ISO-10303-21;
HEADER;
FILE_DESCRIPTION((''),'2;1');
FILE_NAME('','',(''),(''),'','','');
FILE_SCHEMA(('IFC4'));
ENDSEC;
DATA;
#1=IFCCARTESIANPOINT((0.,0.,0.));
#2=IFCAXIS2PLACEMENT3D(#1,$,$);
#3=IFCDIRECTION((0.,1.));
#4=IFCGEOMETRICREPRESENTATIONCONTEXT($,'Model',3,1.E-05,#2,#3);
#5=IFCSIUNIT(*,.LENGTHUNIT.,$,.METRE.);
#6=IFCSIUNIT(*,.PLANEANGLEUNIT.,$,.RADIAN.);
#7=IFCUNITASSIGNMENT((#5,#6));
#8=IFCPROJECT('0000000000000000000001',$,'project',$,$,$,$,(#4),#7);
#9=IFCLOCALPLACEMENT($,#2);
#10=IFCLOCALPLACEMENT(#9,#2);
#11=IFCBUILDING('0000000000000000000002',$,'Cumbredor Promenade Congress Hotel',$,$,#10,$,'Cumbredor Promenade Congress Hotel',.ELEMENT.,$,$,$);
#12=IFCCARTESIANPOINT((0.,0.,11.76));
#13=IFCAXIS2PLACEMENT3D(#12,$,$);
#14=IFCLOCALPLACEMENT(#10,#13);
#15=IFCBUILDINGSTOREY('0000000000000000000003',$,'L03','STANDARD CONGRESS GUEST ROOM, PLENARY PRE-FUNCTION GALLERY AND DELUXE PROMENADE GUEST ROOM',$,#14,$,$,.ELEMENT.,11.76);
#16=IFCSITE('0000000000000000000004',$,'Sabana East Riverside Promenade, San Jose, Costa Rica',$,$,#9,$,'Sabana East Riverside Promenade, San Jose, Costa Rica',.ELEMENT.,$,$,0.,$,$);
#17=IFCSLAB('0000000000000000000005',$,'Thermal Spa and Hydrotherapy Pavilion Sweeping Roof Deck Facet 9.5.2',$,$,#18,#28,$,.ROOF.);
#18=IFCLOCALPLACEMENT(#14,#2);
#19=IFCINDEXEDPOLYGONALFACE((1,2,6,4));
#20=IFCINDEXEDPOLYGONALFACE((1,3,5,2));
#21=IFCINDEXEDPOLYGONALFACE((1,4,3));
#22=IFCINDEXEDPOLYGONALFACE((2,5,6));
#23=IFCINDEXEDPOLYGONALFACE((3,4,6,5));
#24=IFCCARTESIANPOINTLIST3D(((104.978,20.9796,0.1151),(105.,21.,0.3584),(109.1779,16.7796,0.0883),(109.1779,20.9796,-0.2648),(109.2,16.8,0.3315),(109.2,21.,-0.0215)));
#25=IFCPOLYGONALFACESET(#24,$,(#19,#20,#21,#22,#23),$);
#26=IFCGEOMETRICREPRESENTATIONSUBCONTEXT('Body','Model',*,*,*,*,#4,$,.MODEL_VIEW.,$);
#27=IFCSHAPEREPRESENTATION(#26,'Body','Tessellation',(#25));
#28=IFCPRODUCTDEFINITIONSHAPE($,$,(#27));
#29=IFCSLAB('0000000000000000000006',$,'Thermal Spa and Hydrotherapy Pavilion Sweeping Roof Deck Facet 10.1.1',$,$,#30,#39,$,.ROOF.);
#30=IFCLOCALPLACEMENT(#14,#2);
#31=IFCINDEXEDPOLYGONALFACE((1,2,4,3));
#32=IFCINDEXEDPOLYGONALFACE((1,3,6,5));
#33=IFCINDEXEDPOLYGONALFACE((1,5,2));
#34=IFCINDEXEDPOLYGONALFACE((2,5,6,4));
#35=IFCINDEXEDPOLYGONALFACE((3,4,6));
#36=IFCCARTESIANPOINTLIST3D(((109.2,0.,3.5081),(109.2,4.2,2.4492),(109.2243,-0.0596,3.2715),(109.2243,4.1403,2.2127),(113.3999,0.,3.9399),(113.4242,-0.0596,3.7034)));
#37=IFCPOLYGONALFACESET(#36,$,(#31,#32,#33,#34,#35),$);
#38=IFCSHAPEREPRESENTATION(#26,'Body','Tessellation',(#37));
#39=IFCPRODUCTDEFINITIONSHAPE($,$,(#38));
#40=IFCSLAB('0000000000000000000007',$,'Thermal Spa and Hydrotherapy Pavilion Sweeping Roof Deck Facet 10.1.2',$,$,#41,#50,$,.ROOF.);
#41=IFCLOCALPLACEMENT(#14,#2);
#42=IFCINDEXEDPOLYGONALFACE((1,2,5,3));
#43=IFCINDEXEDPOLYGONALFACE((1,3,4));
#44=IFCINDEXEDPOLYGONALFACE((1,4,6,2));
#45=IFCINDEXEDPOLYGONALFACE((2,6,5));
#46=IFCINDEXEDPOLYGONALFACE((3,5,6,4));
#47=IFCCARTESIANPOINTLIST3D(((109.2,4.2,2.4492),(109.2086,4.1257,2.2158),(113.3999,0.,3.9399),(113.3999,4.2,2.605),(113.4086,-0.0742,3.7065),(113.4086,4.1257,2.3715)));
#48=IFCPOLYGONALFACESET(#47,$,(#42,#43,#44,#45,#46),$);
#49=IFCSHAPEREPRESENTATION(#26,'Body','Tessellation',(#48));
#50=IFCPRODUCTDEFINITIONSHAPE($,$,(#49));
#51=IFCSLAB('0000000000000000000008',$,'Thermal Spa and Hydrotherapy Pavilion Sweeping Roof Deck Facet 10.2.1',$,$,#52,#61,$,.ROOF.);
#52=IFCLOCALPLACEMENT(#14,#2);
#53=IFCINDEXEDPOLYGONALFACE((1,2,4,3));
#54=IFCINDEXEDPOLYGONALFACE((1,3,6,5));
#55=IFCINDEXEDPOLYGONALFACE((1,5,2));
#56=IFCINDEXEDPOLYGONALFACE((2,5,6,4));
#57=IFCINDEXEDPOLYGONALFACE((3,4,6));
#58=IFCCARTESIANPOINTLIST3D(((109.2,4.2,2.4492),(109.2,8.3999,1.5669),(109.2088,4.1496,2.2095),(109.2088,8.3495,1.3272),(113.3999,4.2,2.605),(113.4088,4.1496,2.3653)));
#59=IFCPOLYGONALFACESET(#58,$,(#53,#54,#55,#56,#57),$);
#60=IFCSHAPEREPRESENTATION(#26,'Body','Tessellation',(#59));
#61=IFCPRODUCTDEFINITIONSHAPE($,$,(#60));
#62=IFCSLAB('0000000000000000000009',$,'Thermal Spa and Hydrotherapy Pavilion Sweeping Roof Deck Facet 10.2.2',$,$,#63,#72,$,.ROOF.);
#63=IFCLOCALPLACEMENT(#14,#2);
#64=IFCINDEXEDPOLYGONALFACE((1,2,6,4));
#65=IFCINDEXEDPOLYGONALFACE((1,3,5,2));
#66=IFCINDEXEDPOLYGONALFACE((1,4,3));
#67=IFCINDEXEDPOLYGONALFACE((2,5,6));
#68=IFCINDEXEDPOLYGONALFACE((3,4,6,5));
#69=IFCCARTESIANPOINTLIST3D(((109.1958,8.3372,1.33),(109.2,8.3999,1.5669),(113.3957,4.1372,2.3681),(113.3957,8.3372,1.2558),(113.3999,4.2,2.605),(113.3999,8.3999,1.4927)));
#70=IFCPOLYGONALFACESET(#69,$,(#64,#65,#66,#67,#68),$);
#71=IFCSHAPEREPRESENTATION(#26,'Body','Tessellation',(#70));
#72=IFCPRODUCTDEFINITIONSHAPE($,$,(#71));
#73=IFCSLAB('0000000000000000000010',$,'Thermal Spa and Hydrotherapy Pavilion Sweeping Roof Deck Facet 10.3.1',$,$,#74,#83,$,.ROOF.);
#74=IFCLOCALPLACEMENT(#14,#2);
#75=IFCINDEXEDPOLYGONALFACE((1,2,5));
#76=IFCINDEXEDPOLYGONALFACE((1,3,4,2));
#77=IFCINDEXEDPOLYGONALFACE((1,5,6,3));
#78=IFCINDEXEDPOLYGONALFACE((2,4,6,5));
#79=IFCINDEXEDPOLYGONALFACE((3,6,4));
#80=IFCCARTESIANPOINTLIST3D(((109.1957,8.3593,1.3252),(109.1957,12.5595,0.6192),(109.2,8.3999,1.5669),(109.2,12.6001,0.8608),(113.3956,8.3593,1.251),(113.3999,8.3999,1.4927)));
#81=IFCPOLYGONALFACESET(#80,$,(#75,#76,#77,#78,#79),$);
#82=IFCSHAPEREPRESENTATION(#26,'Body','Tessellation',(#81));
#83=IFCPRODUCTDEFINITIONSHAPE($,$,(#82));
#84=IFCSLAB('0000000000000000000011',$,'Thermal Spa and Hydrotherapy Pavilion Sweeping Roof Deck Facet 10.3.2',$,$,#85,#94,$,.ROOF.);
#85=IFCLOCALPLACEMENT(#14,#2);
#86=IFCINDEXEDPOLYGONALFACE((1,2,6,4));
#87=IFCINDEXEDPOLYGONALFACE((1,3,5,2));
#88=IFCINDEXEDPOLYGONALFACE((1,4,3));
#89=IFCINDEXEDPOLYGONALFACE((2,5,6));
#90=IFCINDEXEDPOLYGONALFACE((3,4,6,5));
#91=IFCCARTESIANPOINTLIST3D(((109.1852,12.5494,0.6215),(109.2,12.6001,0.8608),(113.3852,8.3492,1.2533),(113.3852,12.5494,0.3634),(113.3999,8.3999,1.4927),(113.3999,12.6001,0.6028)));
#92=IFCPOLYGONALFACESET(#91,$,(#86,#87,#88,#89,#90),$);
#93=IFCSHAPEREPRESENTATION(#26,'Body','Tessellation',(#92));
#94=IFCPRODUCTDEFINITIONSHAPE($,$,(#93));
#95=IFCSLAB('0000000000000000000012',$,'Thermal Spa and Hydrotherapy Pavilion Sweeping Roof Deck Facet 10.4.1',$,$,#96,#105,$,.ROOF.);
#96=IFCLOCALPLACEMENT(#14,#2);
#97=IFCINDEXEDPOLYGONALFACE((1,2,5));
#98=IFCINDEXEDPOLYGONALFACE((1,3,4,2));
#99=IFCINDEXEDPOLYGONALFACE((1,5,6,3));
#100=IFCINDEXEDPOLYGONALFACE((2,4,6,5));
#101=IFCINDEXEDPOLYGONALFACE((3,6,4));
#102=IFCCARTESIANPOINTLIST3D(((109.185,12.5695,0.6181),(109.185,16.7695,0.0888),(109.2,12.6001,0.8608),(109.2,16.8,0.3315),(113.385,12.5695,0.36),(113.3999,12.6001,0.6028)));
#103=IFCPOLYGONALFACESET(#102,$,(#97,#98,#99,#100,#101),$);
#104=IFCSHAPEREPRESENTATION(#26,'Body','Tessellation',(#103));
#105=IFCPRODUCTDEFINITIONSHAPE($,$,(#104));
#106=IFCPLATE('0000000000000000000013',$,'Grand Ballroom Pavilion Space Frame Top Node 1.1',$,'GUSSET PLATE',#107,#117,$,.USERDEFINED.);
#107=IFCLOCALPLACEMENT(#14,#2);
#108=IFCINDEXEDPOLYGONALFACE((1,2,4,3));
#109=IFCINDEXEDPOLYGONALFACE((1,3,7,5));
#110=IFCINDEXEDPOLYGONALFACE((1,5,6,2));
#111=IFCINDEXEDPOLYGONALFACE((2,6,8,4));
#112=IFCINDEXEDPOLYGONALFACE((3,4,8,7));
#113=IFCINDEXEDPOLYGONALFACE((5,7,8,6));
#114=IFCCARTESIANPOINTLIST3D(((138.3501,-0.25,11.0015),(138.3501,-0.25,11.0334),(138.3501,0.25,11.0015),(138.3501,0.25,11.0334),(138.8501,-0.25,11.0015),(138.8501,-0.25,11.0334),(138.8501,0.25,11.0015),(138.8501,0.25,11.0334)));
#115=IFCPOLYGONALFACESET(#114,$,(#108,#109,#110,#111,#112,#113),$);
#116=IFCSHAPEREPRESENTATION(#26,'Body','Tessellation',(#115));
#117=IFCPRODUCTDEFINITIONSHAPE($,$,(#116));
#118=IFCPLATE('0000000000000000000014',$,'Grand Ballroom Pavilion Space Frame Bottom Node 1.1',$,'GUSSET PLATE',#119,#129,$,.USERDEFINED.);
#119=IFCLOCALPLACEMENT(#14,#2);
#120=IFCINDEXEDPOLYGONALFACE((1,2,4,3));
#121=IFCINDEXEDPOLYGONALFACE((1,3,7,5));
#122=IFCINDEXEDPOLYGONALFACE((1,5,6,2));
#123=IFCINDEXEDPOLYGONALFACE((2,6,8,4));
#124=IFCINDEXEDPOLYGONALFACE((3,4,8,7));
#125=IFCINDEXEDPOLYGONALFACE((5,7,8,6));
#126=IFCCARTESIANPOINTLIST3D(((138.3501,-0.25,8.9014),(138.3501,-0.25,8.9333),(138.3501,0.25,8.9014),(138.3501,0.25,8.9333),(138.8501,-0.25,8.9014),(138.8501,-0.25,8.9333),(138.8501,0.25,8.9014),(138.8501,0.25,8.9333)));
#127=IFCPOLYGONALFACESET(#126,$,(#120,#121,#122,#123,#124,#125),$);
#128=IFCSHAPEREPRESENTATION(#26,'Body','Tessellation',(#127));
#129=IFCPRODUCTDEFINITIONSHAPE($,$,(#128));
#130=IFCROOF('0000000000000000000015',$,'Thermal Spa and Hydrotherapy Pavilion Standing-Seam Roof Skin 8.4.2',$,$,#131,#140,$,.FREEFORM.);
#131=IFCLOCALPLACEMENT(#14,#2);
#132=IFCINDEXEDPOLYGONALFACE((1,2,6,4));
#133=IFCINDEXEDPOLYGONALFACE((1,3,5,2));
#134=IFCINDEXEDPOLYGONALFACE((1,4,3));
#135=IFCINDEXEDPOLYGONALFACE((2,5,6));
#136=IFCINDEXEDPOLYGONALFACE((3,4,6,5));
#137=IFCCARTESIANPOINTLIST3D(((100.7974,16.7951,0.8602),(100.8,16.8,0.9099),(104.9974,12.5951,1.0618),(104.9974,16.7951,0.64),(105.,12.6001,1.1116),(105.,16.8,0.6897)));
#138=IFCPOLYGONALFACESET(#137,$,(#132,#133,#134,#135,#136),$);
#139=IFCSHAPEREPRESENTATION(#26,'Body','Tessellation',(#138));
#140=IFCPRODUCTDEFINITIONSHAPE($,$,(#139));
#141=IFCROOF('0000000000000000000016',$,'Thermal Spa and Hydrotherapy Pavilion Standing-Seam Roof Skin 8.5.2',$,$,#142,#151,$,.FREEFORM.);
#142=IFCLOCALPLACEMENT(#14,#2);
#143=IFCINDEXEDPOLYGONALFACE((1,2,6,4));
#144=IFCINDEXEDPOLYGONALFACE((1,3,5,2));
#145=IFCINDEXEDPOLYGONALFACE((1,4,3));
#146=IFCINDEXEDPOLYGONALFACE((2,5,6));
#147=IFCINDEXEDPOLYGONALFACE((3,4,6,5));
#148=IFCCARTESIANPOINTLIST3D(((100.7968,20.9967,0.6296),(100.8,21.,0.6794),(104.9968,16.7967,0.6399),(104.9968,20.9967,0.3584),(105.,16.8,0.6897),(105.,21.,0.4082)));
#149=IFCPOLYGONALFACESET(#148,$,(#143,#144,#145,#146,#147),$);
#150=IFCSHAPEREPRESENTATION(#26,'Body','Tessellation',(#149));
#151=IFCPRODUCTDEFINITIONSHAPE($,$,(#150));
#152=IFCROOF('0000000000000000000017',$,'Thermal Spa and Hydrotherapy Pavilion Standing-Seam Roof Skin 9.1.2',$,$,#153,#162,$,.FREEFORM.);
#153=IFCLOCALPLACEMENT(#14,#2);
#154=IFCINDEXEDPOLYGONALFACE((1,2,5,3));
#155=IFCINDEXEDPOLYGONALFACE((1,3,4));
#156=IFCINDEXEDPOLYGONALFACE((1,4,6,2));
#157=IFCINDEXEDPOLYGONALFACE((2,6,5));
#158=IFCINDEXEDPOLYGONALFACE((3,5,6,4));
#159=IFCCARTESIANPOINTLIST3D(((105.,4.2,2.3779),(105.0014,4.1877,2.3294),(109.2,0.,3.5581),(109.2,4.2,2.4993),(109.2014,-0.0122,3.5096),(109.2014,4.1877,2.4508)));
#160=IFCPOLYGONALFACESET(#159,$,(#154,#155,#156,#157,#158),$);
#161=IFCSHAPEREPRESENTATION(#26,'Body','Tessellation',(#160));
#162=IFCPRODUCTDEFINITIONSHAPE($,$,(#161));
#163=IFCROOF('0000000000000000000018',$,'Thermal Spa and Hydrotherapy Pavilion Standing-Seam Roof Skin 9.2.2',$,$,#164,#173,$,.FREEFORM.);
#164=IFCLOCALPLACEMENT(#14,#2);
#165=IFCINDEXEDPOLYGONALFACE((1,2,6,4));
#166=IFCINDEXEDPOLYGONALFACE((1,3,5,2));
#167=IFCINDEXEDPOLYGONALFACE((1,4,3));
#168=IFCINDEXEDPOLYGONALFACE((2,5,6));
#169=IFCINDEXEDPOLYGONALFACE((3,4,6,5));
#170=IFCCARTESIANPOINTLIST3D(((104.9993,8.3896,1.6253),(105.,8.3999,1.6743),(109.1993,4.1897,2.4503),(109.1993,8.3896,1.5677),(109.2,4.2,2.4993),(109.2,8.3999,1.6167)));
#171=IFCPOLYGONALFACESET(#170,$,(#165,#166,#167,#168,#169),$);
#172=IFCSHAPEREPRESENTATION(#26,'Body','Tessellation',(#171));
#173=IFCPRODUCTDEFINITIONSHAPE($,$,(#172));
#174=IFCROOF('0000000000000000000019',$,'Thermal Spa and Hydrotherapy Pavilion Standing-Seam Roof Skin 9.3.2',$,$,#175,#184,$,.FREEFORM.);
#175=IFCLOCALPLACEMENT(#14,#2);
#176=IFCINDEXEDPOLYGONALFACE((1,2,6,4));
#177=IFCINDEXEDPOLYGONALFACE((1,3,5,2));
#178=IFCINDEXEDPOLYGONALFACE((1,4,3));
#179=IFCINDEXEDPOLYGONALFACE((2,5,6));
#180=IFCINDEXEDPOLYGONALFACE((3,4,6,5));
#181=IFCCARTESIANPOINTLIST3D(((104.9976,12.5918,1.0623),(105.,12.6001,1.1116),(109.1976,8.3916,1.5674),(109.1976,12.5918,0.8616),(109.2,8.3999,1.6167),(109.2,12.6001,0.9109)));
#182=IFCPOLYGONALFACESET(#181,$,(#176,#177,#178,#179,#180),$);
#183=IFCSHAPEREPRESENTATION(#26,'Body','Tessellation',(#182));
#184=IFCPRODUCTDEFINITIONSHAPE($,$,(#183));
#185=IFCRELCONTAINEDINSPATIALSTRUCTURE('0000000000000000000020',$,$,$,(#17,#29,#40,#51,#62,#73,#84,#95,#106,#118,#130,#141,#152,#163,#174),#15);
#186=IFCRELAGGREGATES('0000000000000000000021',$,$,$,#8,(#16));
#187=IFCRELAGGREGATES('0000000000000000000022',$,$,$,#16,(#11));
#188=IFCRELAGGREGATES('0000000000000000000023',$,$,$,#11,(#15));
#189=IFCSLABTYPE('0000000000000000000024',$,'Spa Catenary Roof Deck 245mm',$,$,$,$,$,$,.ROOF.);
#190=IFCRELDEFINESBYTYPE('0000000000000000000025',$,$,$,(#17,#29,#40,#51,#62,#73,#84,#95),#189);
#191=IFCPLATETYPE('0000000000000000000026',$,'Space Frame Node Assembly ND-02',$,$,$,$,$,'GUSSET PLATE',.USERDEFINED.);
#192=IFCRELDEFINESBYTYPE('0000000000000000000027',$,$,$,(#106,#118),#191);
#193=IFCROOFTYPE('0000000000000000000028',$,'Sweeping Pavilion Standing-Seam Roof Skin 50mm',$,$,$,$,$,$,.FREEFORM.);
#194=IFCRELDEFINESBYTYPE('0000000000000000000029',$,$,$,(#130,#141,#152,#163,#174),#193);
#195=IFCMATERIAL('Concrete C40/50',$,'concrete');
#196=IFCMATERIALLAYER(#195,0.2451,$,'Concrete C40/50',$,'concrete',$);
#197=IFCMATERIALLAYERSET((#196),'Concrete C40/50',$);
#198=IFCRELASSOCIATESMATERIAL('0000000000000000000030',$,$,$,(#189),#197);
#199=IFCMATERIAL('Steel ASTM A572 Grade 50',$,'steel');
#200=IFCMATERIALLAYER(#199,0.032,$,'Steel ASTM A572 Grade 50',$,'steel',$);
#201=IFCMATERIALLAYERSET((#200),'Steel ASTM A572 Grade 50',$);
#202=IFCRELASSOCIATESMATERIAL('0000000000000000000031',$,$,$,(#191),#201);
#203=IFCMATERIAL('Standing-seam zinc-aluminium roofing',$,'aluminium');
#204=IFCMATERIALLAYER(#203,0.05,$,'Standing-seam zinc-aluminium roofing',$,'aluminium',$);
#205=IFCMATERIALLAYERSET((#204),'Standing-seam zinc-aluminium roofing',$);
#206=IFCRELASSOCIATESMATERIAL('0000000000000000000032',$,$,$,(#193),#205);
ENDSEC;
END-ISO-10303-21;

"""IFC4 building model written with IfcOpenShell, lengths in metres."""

from ifc_helpers import new_model, si_unit, direction, frame, origin, origin_2d, place, context, subcontext, project, spatial, polyline, rectangle, outline, extrude, material, layer, layer_set, type_object, element, save


model = new_model("IFC4")

# Units and contexts
model_context = context("Model", 3, precision=1e-05, world=origin(), true_north=direction((0.0, 1.0)))
body_context = subcontext(model_context, "Body", "Model", "MODEL_VIEW")
ifc_project = project(units=[si_unit("LENGTHUNIT", "METRE"), si_unit("PLANEANGLEUNIT", "RADIAN")], contexts=[model_context])

# Site, building, storey
site_placement = place(None, origin())
site = spatial("IfcSite", under=ifc_project, at=site_placement, Name="Sabana East Riverside Promenade, San Jose, Costa Rica", LongName="Sabana East Riverside Promenade, San Jose, Costa Rica", CompositionType="ELEMENT", RefElevation=0.0)
building_placement = place(site_placement, origin())
building = spatial("IfcBuilding", under=site, at=building_placement, Name="Cumbredor Promenade Congress Hotel", LongName="Cumbredor Promenade Congress Hotel", CompositionType="ELEMENT")
storey_placement = place(building_placement, frame((0.0, 0.0, 11.76)))
storey = spatial("IfcBuildingStorey", under=building, at=storey_placement, Name="L03", Description="STANDARD CONGRESS GUEST ROOM, PLENARY PRE-FUNCTION GALLERY AND DELUXE PROMENADE GUEST ROOM", CompositionType="ELEMENT", Elevation=11.76)

# Shared definitions
ifc_material_1 = material(Name="Steel ASTM A572 Grade 50", Category="steel")

# Slabs
ifc_material_2 = material(Name="Concrete C40/50", Category="concrete")
ifc_layer_1 = layer(ifc_material_2, 0.2451, Name="Concrete C40/50", Category="concrete")
ifc_layer_set_1 = layer_set([ifc_layer_1], Name="Concrete C40/50")
slab_type = type_object("IfcSlabType", Name="Spa Catenary Roof Deck 245mm", PredefinedType="ROOF", material=ifc_layer_set_1)
slab_1_placement = place(storey_placement, frame((109.2, 16.8, 0.3315), z_axis=(0.089768, 0.083422, 0.992463), x_axis=(0.0, 0.996486, -0.08376)))
element("IfcSlab", 1, at=slab_1_placement, inside=storey, type_object=slab_type, Name="Thermal Spa and Hydrotherapy Pavilion Sweeping Roof Deck Facet 9.5.2", PredefinedType="ROOF", context=body_context, shape_type="SweptSolid", body=[
    extrude(outline(polyline([(0.0, 0.0), (4.2148, 0.0), (4.1829, 4.217), (0.0, 0.0)])), origin(), (0.0, 0.0, -1.0), 0.2451),
])
slab_2_placement = place(storey_placement, frame((109.2, 0.0, 3.5081), z_axis=(-0.099219, 0.243252, 0.964875), x_axis=(0.994754, 0.0, 0.102291)))
element("IfcSlab", 2, at=slab_2_placement, inside=storey, type_object=slab_type, Name="Thermal Spa and Hydrotherapy Pavilion Sweeping Roof Deck Facet 10.1.1", PredefinedType="ROOF", context=body_context, shape_type="SweptSolid", body=[
    extrude(outline(polyline([(0.0, 0.0), (4.2221, 0.0), (-0.1083, 4.33), (0.0, 0.0)])), origin(), (0.0, 0.0, -1.0), 0.2451),
])
slab_3_placement = place(storey_placement, frame((113.3999, 0.0, 3.9399), z_axis=(-0.035322, 0.302729, 0.952422), x_axis=(0.0, 0.953017, -0.302918)))
element("IfcSlab", 3, at=slab_3_placement, inside=storey, type_object=slab_type, Name="Thermal Spa and Hydrotherapy Pavilion Sweeping Roof Deck Facet 10.1.2", PredefinedType="ROOF", context=body_context, shape_type="SweptSolid", body=[
    extrude(outline(polyline([(0.0, 0.0), (4.407, 0.0), (4.4542, 4.2026), (0.0, 0.0)])), origin(), (0.0, 0.0, -1.0), 0.2451),
])
slab_4_placement = place(storey_placement, frame((109.2, 4.2, 2.4492), z_axis=(-0.03627, 0.205457, 0.977994), x_axis=(0.999313, 0.0, 0.037061)))
element("IfcSlab", 4, at=slab_4_placement, inside=storey, type_object=slab_type, Name="Thermal Spa and Hydrotherapy Pavilion Sweeping Roof Deck Facet 10.2.1", PredefinedType="ROOF", context=body_context, shape_type="SweptSolid", body=[
    extrude(outline(polyline([(0.0, 0.0), (4.2028, 0.0), (-0.0327, 4.2915), (0.0, 0.0)])), origin(), (0.0, 0.0, -1.0), 0.2451),
])
slab_5_placement = place(storey_placement, frame((113.3999, 4.2, 2.605), z_axis=(0.01708, 0.255974, 0.966533), x_axis=(0.0, 0.966674, -0.256011)))
element("IfcSlab", 5, at=slab_5_placement, inside=storey, type_object=slab_type, Name="Thermal Spa and Hydrotherapy Pavilion Sweeping Roof Deck Facet 10.2.2", PredefinedType="ROOF", context=body_context, shape_type="SweptSolid", body=[
    extrude(outline(polyline([(0.0, 0.0), (4.3447, 0.0), (4.3257, 4.2006), (0.0, 0.0)])), origin(), (0.0, 0.0, -1.0), 0.2451),
])
slab_6_placement = place(storey_placement, frame((109.2, 8.3999, 1.5669), z_axis=(0.017424, 0.165749, 0.986014), x_axis=(0.999844, 0.0, -0.017669)))
element("IfcSlab", 6, at=slab_6_placement, inside=storey, type_object=slab_type, Name="Thermal Spa and Hydrotherapy Pavilion Sweeping Roof Deck Facet 10.3.1", PredefinedType="ROOF", context=body_context, shape_type="SweptSolid", body=[
    extrude(outline(polyline([(0.0, 0.0), (4.2006, 0.0), (0.0125, 4.2591), (0.0, 0.0)])), origin(), (0.0, 0.0, -1.0), 0.2451),
])
slab_7_placement = place(storey_placement, frame((113.3999, 8.3999, 1.4927), z_axis=(0.06, 0.206895, 0.976522), x_axis=(0.0, 0.978284, -0.207268)))
element("IfcSlab", 7, at=slab_7_placement, inside=storey, type_object=slab_type, Name="Thermal Spa and Hydrotherapy Pavilion Sweeping Roof Deck Facet 10.3.2", PredefinedType="ROOF", context=body_context, shape_type="SweptSolid", body=[
    extrude(outline(polyline([(0.0, 0.0), (4.2934, 0.0), (4.2399, 4.2075), (0.0, 0.0)])), origin(), (0.0, 0.0, -1.0), 0.2451),
])
slab_8_placement = place(storey_placement, frame((109.2, 12.6001, 0.8608), z_axis=(0.060848, 0.124804, 0.990314), x_axis=(0.998118, 0.0, -0.061327)))
element("IfcSlab", 8, at=slab_8_placement, inside=storey, type_object=slab_type, Name="Thermal Spa and Hydrotherapy Pavilion Sweeping Roof Deck Facet 10.4.1", PredefinedType="ROOF", context=body_context, shape_type="SweptSolid", body=[
    extrude(outline(polyline([(0.0, 0.0), (4.2079, 0.0), (0.0325, 4.233), (0.0, 0.0)])), origin(), (0.0, 0.0, -1.0), 0.2451),
])

# Plates
ifc_layer_2 = layer(ifc_material_1, 0.032, Name="Steel ASTM A572 Grade 50", Category="steel")
ifc_layer_set_2 = layer_set([ifc_layer_2], Name="Steel ASTM A572 Grade 50")
plate_type_1 = type_object("IfcPlateType", Name="Space Frame Node Assembly ND-02", ElementType="GUSSET PLATE", PredefinedType="USERDEFINED", material=ifc_layer_set_2)
for number, where, z_axis, x_axis, name in (
    (9, (138.6001, 0.0, 11.0015), (0.0, 0.0, 1.0), (1.0, 0.0, 0.0), "Grand Ballroom Pavilion Space Frame Top Node 1.1"),
    (10, (138.6001, 0.0, 8.9014), (0.0, 0.0, 1.0), (1.0, 0.0, 0.0), "Grand Ballroom Pavilion Space Frame Bottom Node 1.1"),
):
    element("IfcPlate", number, at=place(storey_placement, frame(where, z_axis=z_axis, x_axis=x_axis)), inside=storey, type_object=plate_type_1, Name=name, ObjectType="GUSSET PLATE", PredefinedType="USERDEFINED", context=body_context, shape_type="SweptSolid", body=[
        extrude(rectangle(XDim=0.5, YDim=0.5, at=origin_2d()), origin(), (0.0, 0.0, 1.0), 0.032),
    ])

# Roofs
ifc_material_3 = material(Name="Standing-seam zinc-aluminium roofing", Category="aluminium")
ifc_layer_3 = layer(ifc_material_3, 0.05, Name="Standing-seam zinc-aluminium roofing", Category="aluminium")
ifc_layer_set_3 = layer_set([ifc_layer_3], Name="Standing-seam zinc-aluminium roofing")
roof_type = type_object("IfcRoofType", Name="Sweeping Pavilion Standing-Seam Roof Skin 50mm", PredefinedType="FREEFORM", material=ifc_layer_set_3)
roof_1_placement = place(storey_placement, frame((105.0, 12.6001, 1.1116), z_axis=(0.052099, 0.099809, 0.993642), x_axis=(0.0, 0.994993, -0.099945)))
element("IfcRoof", 11, at=roof_1_placement, inside=storey, type_object=roof_type, Name="Thermal Spa and Hydrotherapy Pavilion Standing-Seam Roof Skin 8.4.2", PredefinedType="FREEFORM", context=body_context, shape_type="SweptSolid", body=[
    extrude(outline(polyline([(0.0, 0.0), (4.2211, 0.0), (4.1991, 4.2057), (0.0, 0.0)])), origin(), (0.0, 0.0, -1.0), 0.05),
])
roof_2_placement = place(storey_placement, frame((105.0, 16.8, 0.6897), z_axis=(0.064304, 0.066735, 0.995696), x_axis=(0.0, 0.997761, -0.066873)))
element("IfcRoof", 12, at=roof_2_placement, inside=storey, type_object=roof_type, Name="Thermal Spa and Hydrotherapy Pavilion Standing-Seam Roof Skin 8.5.2", PredefinedType="FREEFORM", context=body_context, shape_type="SweptSolid", body=[
    extrude(outline(polyline([(0.0, 0.0), (4.2094, 0.0), (4.1912, 4.2087), (0.0, 0.0)])), origin(), (0.0, 0.0, -1.0), 0.05),
])
roof_3_placement = place(storey_placement, frame((109.2, 0.0, 3.5581), z_axis=(-0.028003, 0.244362, 0.96928), x_axis=(0.0, 0.96966, -0.244458)))
element("IfcRoof", 13, at=roof_3_placement, inside=storey, type_object=roof_type, Name="Thermal Spa and Hydrotherapy Pavilion Standing-Seam Roof Skin 9.1.2", PredefinedType="FREEFORM", context=body_context, shape_type="SweptSolid", body=[
    extrude(outline(polyline([(0.0, 0.0), (4.3314, 0.0), (4.361, 4.2016), (0.0, 0.0)])), origin(), (0.0, 0.0, -1.0), 0.05),
])
roof_4_placement = place(storey_placement, frame((109.2, 4.2, 2.4993), z_axis=(0.013424, 0.205628, 0.978538), x_axis=(0.0, 0.978626, -0.205646)))
element("IfcRoof", 14, at=roof_4_placement, inside=storey, type_object=roof_type, Name="Thermal Spa and Hydrotherapy Pavilion Standing-Seam Roof Skin 9.2.2", PredefinedType="FREEFORM", context=body_context, shape_type="SweptSolid", body=[
    extrude(outline(polyline([(0.0, 0.0), (4.2917, 0.0), (4.2798, 4.2003), (0.0, 0.0)])), origin(), (0.0, 0.0, -1.0), 0.05),
])
roof_5_placement = place(storey_placement, frame((109.2, 8.3999, 1.6167), z_axis=(0.047069, 0.165535, 0.98508), x_axis=(0.0, 0.986173, -0.165719)))
element("IfcRoof", 15, at=roof_5_placement, inside=storey, type_object=roof_type, Name="Thermal Spa and Hydrotherapy Pavilion Standing-Seam Roof Skin 9.3.2", PredefinedType="FREEFORM", context=body_context, shape_type="SweptSolid", body=[
    extrude(outline(polyline([(0.0, 0.0), (4.2591, 0.0), (4.2258, 4.2046), (0.0, 0.0)])), origin(), (0.0, 0.0, -1.0), 0.05),
])

save(model, "model.ifc")
